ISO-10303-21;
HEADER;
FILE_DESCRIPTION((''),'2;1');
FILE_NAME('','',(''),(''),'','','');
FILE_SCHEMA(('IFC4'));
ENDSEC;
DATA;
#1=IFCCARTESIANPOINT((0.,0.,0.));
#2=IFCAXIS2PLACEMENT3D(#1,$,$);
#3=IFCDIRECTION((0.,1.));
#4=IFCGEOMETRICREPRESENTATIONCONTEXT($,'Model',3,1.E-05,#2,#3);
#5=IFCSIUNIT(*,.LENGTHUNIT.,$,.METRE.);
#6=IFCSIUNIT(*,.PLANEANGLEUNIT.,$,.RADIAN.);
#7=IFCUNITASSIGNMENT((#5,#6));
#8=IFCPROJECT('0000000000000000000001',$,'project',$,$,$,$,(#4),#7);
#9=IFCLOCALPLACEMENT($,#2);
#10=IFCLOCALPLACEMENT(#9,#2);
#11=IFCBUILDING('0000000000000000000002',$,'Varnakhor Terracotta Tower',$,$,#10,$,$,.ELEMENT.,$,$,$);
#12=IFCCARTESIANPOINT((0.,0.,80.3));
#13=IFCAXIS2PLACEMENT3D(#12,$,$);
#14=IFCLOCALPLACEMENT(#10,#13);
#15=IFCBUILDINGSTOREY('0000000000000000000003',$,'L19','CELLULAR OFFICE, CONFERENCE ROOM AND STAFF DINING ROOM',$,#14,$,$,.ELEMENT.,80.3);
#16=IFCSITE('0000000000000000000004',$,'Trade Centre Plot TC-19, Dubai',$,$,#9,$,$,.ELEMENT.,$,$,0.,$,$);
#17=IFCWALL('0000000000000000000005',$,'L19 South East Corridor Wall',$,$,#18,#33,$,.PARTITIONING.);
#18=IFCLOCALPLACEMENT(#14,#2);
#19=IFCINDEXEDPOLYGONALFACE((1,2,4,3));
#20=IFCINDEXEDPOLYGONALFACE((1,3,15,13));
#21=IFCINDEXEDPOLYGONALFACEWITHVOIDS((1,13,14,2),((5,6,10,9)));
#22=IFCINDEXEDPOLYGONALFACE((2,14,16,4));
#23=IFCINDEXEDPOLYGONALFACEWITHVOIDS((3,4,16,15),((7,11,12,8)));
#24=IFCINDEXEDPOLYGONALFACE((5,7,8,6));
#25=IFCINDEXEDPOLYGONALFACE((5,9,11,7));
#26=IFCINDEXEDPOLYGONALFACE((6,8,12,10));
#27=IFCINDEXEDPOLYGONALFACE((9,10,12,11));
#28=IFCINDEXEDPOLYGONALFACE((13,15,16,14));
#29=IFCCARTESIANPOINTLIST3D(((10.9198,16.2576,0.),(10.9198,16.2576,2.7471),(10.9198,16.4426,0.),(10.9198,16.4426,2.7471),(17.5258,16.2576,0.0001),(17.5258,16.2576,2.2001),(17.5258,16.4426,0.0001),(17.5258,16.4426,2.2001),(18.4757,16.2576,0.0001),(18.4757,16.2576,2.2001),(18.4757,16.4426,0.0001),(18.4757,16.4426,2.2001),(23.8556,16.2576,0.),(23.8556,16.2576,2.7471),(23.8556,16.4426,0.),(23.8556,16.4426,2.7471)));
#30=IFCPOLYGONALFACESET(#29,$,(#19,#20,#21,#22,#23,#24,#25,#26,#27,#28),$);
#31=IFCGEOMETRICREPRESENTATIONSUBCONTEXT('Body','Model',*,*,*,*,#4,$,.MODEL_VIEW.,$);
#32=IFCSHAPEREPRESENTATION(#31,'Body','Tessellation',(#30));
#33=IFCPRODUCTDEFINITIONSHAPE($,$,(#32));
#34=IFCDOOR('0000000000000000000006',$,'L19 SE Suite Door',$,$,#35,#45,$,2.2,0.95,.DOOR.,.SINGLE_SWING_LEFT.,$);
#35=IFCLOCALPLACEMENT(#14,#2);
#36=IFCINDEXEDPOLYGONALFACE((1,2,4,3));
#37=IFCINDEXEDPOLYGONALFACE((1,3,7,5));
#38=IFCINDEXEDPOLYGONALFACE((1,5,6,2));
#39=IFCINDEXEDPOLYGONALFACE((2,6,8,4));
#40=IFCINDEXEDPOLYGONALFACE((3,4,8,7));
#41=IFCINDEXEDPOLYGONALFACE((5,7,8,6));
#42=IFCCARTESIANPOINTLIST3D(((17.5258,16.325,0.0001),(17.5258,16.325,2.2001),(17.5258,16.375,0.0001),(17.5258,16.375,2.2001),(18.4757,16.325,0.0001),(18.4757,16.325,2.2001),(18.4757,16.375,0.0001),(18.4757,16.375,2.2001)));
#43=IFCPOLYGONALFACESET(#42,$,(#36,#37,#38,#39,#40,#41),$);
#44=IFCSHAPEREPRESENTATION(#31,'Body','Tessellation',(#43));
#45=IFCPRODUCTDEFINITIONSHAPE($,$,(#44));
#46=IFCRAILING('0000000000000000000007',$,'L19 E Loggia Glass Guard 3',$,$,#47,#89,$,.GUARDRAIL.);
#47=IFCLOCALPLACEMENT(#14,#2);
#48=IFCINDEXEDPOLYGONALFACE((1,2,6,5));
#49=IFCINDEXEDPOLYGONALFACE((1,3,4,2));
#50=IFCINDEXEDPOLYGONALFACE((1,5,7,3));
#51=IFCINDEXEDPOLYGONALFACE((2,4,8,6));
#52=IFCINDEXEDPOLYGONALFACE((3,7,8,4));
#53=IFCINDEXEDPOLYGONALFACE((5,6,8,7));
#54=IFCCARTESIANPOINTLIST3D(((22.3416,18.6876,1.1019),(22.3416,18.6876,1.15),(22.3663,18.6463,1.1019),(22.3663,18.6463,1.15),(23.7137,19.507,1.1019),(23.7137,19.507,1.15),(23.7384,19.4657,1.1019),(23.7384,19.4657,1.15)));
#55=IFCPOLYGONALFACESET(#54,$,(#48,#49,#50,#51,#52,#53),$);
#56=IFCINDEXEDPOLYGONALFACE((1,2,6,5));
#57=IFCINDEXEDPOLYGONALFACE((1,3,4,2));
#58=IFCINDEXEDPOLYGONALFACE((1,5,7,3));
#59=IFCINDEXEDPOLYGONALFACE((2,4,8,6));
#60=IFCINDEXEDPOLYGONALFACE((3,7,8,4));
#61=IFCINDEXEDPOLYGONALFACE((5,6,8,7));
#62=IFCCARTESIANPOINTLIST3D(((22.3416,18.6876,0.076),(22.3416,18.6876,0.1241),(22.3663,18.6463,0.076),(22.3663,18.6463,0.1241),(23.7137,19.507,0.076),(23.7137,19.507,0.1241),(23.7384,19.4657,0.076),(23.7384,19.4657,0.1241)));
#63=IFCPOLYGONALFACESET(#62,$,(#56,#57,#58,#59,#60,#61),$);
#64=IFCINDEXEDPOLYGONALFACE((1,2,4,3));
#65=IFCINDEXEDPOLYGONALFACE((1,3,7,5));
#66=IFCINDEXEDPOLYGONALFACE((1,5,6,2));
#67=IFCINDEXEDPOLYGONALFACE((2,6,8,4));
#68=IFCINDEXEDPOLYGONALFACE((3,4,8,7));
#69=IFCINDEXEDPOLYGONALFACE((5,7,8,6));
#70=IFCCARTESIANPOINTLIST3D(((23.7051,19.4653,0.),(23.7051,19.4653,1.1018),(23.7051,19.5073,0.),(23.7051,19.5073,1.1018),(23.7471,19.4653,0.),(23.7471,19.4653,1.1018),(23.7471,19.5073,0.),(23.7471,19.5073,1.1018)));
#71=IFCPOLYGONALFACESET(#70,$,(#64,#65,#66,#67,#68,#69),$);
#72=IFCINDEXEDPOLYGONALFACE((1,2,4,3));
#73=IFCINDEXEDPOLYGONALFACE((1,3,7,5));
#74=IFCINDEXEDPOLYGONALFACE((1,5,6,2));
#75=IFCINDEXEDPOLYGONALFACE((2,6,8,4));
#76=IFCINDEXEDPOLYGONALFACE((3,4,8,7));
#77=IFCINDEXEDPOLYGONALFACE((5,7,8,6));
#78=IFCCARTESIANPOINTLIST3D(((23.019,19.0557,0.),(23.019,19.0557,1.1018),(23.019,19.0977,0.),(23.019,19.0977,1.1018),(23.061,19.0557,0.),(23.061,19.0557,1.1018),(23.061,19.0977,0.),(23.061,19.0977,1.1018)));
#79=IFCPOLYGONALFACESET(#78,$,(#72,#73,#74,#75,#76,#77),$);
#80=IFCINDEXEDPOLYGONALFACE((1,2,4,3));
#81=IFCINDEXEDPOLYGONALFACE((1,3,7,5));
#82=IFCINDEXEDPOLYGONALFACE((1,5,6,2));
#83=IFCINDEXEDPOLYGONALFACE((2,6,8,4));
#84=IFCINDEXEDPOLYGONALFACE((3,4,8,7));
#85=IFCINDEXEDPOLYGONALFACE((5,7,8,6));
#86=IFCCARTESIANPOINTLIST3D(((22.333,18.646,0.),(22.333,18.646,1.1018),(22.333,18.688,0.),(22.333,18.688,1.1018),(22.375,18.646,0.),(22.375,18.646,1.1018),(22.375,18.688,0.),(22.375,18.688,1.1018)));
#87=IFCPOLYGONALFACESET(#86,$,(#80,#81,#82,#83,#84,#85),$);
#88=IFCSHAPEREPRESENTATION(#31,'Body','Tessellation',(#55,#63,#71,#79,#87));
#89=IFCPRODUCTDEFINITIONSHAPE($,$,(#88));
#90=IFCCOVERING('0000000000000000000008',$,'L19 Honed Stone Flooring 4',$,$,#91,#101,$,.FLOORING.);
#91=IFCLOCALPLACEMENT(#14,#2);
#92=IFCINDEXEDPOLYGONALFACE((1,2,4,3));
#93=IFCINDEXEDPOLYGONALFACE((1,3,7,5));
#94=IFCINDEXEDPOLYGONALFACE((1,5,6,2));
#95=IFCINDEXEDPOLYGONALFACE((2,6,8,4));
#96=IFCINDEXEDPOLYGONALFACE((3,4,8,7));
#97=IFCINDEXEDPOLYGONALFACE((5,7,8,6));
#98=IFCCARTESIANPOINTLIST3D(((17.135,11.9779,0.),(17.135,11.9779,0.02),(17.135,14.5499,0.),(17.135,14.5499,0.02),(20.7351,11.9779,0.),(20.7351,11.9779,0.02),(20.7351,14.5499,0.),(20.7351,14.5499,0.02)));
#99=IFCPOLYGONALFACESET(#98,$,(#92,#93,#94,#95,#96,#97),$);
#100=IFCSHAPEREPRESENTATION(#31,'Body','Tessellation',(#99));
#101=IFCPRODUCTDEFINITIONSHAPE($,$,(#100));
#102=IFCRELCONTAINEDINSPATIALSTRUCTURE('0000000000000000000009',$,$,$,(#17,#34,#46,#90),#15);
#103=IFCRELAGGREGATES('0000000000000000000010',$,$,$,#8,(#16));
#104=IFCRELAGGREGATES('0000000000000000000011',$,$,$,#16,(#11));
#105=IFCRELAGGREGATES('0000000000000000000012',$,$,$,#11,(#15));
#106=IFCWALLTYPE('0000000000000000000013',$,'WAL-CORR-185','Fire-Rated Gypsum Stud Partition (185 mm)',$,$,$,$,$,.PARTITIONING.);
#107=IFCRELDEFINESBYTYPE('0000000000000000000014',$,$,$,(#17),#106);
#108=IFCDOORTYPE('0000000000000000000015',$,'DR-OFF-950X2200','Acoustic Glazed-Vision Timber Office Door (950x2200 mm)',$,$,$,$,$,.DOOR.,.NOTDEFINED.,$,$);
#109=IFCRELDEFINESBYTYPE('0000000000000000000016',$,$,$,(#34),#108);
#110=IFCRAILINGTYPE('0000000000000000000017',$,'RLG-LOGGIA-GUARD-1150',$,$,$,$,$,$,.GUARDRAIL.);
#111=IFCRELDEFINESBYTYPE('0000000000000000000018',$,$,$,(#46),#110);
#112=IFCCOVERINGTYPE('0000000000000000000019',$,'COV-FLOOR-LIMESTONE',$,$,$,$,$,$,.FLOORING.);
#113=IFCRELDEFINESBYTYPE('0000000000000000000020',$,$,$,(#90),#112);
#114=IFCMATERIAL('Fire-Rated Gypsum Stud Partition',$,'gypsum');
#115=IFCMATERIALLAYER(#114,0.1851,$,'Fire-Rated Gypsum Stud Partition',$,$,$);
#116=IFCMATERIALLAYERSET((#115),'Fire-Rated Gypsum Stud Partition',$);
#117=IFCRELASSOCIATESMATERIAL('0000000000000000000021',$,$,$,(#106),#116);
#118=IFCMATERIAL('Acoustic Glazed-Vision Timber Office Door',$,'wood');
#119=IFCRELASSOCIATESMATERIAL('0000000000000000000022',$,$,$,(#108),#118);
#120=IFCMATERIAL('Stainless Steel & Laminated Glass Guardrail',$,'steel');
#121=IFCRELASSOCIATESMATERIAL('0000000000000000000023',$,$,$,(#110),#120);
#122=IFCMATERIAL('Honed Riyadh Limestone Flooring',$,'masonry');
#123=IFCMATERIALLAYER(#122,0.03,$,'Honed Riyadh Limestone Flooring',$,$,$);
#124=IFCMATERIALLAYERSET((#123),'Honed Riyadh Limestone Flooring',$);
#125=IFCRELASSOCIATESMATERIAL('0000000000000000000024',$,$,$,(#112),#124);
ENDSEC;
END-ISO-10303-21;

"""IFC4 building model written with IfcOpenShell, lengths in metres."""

from ifc_helpers import new_model, si_unit, direction, frame, frame_2d, origin, origin_2d, place, context, subcontext, project, spatial, rectangle, extrude, source, transform, mapped, material, layer, layer_set, type_object, type_shapes, element, fill, save


model = new_model("IFC4")

# Units and contexts
model_context = context("Model", 3, precision=1e-05, world=origin(), true_north=direction((0.0, 1.0)))
body_context = subcontext(model_context, "Body", "Model", "MODEL_VIEW")
ifc_project = project(units=[si_unit("LENGTHUNIT", "METRE"), si_unit("PLANEANGLEUNIT", "RADIAN")], contexts=[model_context])

# Site, building, storey
site_placement = place(None, origin())
site = spatial("IfcSite", under=ifc_project, at=site_placement, Name="Trade Centre Plot TC-19, Dubai", CompositionType="ELEMENT", RefElevation=0.0)
building_placement = place(site_placement, origin())
building = spatial("IfcBuilding", under=site, at=building_placement, Name="Varnakhor Terracotta Tower", CompositionType="ELEMENT")
storey_placement = place(building_placement, frame((0.0, 0.0, 80.3)))
storey = spatial("IfcBuildingStorey", under=building, at=storey_placement, Name="L19", Description="CELLULAR OFFICE, CONFERENCE ROOM AND STAFF DINING ROOM", CompositionType="ELEMENT", Elevation=80.3)

# Wall, opening, door
ifc_material_1 = material(Name="Fire-Rated Gypsum Stud Partition", Category="gypsum")
ifc_layer_1 = layer(ifc_material_1, 0.1851, Name="Fire-Rated Gypsum Stud Partition")
ifc_layer_set_1 = layer_set([ifc_layer_1], Name="Fire-Rated Gypsum Stud Partition")
wall_type = type_object("IfcWallType", Name="WAL-CORR-185", Description="Fire-Rated Gypsum Stud Partition (185 mm)", PredefinedType="PARTITIONING", material=ifc_layer_set_1)
wall_placement = place(storey_placement, frame((10.9199, 16.3501, 0.0), z_axis=(0.0, 0.0, 1.0), x_axis=(1.0, 0.0, 0.0)))
wall = element("IfcWall", 1, at=wall_placement, inside=storey, type_object=wall_type, Name="L19 South East Corridor Wall", PredefinedType="PARTITIONING", context=body_context, shape_type="SweptSolid", body=[
    extrude(rectangle(XDim=12.9358, YDim=0.1851, at=frame_2d((6.4678, 0.0))), origin(), (0.0, 0.0, 1.0), 2.7471),
])
opening_placement = place(wall_placement, frame((6.6057, 0.0, 0.0)))
opening = element("IfcOpeningElement", 2, at=opening_placement, cuts=wall, PredefinedType="OPENING", context=body_context, shape_type="SweptSolid", body=[
    extrude(rectangle(XDim=0.95, YDim=2.2, at=frame_2d((0.4751, 1.1001))), frame((0.0, 0.1025, 0.0), z_axis=(0.0, -1.0, 0.0), x_axis=(1.0, 0.0, 0.0)), (0.0, 0.0, 1.0), 0.2051),
])
ifc_material_2 = material(Name="Acoustic Glazed-Vision Timber Office Door", Category="wood")
door_type = type_object("IfcDoorType", Name="DR-OFF-950X2200", Description="Acoustic Glazed-Vision Timber Office Door (950x2200 mm)", OperationType="NOTDEFINED", PredefinedType="DOOR", material=ifc_material_2)
shared_shape_1 = source(origin(), body_context, "Body", "SweptSolid", [
    extrude(rectangle(XDim=0.95, YDim=2.2, at=frame_2d((0.4751, 1.1001))), frame((0.0, 0.0249, 0.0), z_axis=(0.0, -1.0, 0.0), x_axis=(1.0, 0.0, 0.0)), (0.0, 0.0, 1.0), 0.05),
])
type_shapes(door_type, [shared_shape_1])
door_placement = place(opening_placement, origin())
door = element("IfcDoor", 3, at=door_placement, inside=storey, type_object=door_type, Name="L19 SE Suite Door", OperationType="SINGLE_SWING_LEFT", OverallHeight=2.2, OverallWidth=0.95, PredefinedType="DOOR", context=body_context, shape_type="MappedRepresentation", body=[
    mapped(shared_shape_1, transform((0.0, 0.0, 0.0), scale=1.0)),
])
fill(opening, door)

# Railing
ifc_material_3 = material(Name="Stainless Steel & Laminated Glass Guardrail", Category="steel")
railing_type = type_object("IfcRailingType", Name="RLG-LOGGIA-GUARD-1150", PredefinedType="GUARDRAIL", material=ifc_material_3)
railing_placement = place(storey_placement, frame((23.7261, 19.4863, 0.0)))
element("IfcRailing", 4, at=railing_placement, inside=storey, type_object=railing_type, Name="L19 E Loggia Glass Guard 3", PredefinedType="GUARDRAIL", context=body_context, shape_type="SweptSolid", body=[
    extrude(rectangle(XDim=0.0481, YDim=0.0481, at=origin_2d()), frame((0.0, 0.0, 1.126), z_axis=(-0.858569, -0.512697, 0.0), x_axis=(0.512697, -0.858569, 0.0)), (0.0, 0.0, 1.0), 1.5981),
    extrude(rectangle(XDim=0.0481, YDim=0.0481, at=origin_2d()), frame((0.0, 0.0, 0.1001), z_axis=(-0.858569, -0.512697, 0.0), x_axis=(0.512697, -0.858569, 0.0)), (0.0, 0.0, 1.0), 1.5981),
    extrude(rectangle(XDim=0.042, YDim=0.042, at=origin_2d()), origin(), (0.0, 0.0, 1.0), 1.1018),
    extrude(rectangle(XDim=0.042, YDim=0.042, at=origin_2d()), frame((-0.686, -0.4097, 0.0)), (0.0, 0.0, 1.0), 1.1018),
    extrude(rectangle(XDim=0.042, YDim=0.042, at=origin_2d()), frame((-1.3721, -0.8193, 0.0)), (0.0, 0.0, 1.0), 1.1018),
])

# Covering
ifc_material_4 = material(Name="Honed Riyadh Limestone Flooring", Category="masonry")
ifc_layer_2 = layer(ifc_material_4, 0.03, Name="Honed Riyadh Limestone Flooring")
ifc_layer_set_2 = layer_set([ifc_layer_2], Name="Honed Riyadh Limestone Flooring")
covering_type = type_object("IfcCoveringType", Name="COV-FLOOR-LIMESTONE", PredefinedType="FLOORING", material=ifc_layer_set_2)
shared_shape_2 = source(origin(), body_context, "Body", "SweptSolid", [
    extrude(rectangle(XDim=3.6001, YDim=2.572, at=origin_2d()), origin(), (0.0, 0.0, 1.0), 0.02),
])
covering_placement = place(storey_placement, frame((18.9351, 13.2639, 0.0), z_axis=(0.0, 0.0, 1.0), x_axis=(1.0, 0.0, 0.0)))
element("IfcCovering", 5, at=covering_placement, inside=storey, type_object=covering_type, Name="L19 Honed Stone Flooring 4", PredefinedType="FLOORING", context=body_context, shape_type="MappedRepresentation", body=[
    mapped(shared_shape_2, transform((0.0, 0.0, 0.0), scale=1.0)),
])

save(model, "model.ifc")
